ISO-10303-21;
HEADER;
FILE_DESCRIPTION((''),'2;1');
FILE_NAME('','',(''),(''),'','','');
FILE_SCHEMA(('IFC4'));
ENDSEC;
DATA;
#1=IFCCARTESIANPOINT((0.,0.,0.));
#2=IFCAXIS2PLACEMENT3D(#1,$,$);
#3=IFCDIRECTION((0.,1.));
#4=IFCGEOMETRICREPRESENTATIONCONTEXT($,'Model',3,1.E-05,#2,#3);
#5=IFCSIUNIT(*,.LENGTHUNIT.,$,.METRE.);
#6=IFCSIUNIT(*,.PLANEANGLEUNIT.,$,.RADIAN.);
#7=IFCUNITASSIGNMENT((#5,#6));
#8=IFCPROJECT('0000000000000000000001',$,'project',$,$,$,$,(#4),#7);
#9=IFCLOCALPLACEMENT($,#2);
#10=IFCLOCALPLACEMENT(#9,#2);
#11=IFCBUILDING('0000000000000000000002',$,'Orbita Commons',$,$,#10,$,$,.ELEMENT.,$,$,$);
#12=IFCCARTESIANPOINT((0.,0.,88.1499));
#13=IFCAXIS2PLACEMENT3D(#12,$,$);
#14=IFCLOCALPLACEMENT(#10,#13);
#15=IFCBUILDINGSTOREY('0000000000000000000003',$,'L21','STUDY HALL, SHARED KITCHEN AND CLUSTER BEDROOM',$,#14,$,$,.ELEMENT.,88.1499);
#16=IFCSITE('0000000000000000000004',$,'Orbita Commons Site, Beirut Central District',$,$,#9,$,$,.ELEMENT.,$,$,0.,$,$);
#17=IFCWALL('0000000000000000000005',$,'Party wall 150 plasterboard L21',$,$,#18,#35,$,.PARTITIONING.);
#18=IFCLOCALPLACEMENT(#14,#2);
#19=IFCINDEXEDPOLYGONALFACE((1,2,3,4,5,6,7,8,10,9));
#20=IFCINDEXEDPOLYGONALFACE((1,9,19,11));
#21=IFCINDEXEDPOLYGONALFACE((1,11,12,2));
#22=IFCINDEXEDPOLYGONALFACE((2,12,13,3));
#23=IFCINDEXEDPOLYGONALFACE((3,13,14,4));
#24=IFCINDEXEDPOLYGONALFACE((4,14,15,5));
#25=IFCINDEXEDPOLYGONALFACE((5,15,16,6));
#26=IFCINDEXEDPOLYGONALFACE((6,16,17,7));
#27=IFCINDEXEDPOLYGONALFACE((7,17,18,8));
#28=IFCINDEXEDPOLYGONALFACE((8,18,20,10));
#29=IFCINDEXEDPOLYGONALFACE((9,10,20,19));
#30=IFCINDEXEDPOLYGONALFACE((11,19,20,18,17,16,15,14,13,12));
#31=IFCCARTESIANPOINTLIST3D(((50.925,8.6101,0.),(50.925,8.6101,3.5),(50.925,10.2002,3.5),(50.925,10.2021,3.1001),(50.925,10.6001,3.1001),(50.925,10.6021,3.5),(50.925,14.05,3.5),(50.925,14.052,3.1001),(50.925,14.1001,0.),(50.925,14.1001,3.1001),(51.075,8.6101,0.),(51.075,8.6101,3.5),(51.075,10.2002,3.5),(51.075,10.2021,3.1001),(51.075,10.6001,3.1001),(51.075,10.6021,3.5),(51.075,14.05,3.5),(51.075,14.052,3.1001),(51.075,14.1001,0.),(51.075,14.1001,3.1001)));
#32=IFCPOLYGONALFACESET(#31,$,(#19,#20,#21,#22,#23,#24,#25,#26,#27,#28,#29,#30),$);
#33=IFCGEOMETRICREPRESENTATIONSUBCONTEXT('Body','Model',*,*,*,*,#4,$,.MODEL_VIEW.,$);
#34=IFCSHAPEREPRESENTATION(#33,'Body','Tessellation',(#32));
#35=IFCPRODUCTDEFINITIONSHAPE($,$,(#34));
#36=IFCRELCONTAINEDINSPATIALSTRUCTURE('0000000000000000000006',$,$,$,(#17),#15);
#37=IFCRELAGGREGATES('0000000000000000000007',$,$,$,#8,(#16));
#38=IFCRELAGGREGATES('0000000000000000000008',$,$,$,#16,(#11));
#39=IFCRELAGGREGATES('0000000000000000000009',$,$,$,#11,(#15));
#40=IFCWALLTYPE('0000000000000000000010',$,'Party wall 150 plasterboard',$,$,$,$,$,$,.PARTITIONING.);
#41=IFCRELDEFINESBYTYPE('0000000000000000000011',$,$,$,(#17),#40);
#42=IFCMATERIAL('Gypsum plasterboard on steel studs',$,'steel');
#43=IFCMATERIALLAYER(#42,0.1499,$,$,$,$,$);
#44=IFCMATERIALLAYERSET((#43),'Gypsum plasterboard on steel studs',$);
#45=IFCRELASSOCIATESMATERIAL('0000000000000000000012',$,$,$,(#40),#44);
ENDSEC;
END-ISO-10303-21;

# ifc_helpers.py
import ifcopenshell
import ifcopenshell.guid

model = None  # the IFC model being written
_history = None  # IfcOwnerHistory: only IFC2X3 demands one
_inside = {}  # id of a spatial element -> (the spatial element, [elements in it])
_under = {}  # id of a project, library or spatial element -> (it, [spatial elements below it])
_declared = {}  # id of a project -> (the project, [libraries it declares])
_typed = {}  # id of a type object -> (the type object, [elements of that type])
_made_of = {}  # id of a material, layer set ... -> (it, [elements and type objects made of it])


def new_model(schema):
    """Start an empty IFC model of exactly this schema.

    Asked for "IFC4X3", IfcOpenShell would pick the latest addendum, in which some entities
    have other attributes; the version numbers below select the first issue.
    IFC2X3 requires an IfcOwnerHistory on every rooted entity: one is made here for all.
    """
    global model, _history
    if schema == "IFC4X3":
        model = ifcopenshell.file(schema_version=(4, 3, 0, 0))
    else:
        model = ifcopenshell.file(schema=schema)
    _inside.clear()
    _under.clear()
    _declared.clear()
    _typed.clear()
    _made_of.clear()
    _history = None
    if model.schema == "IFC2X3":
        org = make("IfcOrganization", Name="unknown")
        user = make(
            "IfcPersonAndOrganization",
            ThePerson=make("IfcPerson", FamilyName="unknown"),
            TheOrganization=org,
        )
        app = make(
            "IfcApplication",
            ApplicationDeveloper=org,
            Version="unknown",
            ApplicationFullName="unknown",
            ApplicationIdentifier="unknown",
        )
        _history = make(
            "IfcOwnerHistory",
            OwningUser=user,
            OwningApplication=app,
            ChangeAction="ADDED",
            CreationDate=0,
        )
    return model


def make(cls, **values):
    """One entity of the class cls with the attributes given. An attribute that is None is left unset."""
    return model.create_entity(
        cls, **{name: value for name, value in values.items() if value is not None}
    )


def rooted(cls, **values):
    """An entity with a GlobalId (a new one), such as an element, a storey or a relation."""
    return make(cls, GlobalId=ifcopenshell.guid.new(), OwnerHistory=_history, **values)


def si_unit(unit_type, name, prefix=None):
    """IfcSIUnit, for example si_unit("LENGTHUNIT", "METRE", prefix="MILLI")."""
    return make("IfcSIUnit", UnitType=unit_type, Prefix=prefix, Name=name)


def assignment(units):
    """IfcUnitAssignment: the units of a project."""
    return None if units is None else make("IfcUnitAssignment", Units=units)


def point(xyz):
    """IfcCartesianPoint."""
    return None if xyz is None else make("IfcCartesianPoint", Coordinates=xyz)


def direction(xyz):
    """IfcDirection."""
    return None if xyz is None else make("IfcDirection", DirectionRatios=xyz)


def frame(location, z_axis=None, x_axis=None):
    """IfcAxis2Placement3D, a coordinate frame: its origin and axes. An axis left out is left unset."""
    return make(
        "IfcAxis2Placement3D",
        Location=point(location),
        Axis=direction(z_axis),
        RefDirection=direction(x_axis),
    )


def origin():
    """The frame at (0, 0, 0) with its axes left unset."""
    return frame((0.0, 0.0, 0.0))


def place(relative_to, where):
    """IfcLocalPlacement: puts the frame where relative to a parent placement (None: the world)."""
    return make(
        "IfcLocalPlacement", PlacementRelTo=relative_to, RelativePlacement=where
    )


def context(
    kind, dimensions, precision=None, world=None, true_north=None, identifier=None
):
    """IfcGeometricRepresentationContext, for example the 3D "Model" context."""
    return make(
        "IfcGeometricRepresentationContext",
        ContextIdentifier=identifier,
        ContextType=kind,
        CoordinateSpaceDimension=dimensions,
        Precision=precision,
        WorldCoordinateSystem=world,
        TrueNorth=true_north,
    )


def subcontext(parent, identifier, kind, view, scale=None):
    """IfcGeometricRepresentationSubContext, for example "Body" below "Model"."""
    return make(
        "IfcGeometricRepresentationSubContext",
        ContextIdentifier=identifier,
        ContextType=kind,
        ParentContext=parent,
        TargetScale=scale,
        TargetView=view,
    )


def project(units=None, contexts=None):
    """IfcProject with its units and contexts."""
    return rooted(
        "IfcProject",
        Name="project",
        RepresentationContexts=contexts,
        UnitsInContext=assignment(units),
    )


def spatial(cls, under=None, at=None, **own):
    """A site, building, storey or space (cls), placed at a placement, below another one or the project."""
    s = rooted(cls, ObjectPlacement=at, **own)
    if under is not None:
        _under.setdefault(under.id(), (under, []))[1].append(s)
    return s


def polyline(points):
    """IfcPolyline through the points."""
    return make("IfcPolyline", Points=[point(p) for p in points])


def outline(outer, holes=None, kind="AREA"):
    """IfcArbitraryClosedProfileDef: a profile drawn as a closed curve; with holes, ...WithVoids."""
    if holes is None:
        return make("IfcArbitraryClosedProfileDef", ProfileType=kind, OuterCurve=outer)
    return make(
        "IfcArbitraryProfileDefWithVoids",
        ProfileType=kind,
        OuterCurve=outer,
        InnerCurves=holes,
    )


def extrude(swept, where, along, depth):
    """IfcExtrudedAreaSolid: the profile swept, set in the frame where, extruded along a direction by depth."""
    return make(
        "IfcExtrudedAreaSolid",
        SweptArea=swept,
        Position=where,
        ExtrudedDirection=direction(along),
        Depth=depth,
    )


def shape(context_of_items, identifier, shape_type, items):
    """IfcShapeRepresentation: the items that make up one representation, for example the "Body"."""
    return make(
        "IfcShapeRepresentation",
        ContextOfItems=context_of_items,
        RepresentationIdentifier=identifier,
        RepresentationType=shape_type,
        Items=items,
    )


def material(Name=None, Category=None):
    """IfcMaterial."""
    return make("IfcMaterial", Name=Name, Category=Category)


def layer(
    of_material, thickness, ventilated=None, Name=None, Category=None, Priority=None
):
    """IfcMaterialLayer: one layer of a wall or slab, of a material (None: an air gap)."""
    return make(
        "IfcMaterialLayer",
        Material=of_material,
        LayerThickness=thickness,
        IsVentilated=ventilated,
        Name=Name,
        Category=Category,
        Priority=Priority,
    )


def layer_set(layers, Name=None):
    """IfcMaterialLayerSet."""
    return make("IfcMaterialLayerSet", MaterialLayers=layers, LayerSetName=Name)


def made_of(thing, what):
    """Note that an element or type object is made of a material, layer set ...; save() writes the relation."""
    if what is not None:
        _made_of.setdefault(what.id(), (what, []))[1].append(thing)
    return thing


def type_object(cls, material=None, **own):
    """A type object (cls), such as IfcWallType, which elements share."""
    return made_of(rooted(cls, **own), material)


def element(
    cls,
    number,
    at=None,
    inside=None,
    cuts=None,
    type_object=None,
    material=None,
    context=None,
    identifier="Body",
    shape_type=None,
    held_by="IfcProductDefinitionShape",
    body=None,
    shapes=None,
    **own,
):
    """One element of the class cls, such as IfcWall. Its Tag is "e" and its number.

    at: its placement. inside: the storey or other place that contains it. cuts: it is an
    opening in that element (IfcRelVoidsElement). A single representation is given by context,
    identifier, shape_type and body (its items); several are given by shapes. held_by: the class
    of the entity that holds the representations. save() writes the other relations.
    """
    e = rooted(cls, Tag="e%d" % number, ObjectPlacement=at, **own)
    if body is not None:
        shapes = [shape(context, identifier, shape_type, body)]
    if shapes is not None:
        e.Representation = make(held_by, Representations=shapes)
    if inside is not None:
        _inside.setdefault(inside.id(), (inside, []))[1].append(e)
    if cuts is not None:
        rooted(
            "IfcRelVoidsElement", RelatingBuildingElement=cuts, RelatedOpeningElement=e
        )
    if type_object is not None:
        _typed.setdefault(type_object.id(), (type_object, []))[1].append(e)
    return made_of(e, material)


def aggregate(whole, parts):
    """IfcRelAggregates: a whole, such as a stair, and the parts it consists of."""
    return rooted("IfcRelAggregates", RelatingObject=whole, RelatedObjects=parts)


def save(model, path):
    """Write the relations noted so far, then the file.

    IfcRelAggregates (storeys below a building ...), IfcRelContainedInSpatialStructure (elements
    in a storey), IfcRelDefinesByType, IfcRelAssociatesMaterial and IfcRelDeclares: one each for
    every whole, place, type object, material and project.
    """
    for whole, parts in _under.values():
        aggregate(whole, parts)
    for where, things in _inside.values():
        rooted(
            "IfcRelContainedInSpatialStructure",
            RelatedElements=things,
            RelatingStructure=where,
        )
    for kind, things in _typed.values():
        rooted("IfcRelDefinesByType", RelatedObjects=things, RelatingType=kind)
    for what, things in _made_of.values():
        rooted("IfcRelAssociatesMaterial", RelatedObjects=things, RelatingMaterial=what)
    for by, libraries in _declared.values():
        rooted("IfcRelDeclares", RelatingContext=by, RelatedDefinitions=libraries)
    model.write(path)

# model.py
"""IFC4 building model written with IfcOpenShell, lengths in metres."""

from ifc_helpers import new_model, si_unit, direction, frame, origin, place, context, subcontext, project, spatial, polyline, outline, extrude, material, layer, layer_set, type_object, element, save


model = new_model("IFC4")

# Units and contexts
model_context = context("Model", 3, precision=1e-05, world=origin(), true_north=direction((0.0, 1.0)))
body_context = subcontext(model_context, "Body", "Model", "MODEL_VIEW")
ifc_project = project(units=[si_unit("LENGTHUNIT", "METRE"), si_unit("PLANEANGLEUNIT", "RADIAN")], contexts=[model_context])

# Site, building, storey
site_placement = place(None, origin())
site = spatial("IfcSite", under=ifc_project, at=site_placement, Name="Orbita Commons Site, Beirut Central District", CompositionType="ELEMENT", RefElevation=0.0)
building_placement = place(site_placement, origin())
building = spatial("IfcBuilding", under=site, at=building_placement, Name="Orbita Commons", CompositionType="ELEMENT")
storey_placement = place(building_placement, frame((0.0, 0.0, 88.1499)))
storey = spatial("IfcBuildingStorey", under=building, at=storey_placement, Name="L21", Description="STUDY HALL, SHARED KITCHEN AND CLUSTER BEDROOM", CompositionType="ELEMENT", Elevation=88.1499)

# Wall
ifc_material_1 = material(Name="Gypsum plasterboard on steel studs", Category="steel")
ifc_layer_1 = layer(ifc_material_1, 0.1499)
ifc_layer_set_1 = layer_set([ifc_layer_1], Name="Gypsum plasterboard on steel studs")
wall_type_1 = type_object("IfcWallType", Name="Party wall 150 plasterboard", PredefinedType="PARTITIONING", material=ifc_layer_set_1)
wall_placement = place(storey_placement, frame((51.0, 8.6101, 0.0), z_axis=(0.0, 0.0, 1.0), x_axis=(0.0, 1.0, 0.0)))
element("IfcWall", 1, at=wall_placement, inside=storey, type_object=wall_type_1, Name="Party wall 150 plasterboard L21", PredefinedType="PARTITIONING", context=body_context, shape_type="SweptSolid", body=[
    extrude(outline(polyline([(0.0, 0.0), (5.49, 0.0), (5.49, 3.1001), (5.4419, 3.1001), (5.4399, 3.5), (1.9919, 3.5), (1.99, 3.1001), (1.592, 3.1001), (1.5901, 3.5), (0.0, 3.5), (0.0, 0.0)])), frame((0.0, 0.075, 0.0), z_axis=(0.0, -1.0, 0.0), x_axis=(1.0, 0.0, 0.0)), (0.0, 0.0, 1.0), 0.1499),
])

save(model, "model.ifc")
